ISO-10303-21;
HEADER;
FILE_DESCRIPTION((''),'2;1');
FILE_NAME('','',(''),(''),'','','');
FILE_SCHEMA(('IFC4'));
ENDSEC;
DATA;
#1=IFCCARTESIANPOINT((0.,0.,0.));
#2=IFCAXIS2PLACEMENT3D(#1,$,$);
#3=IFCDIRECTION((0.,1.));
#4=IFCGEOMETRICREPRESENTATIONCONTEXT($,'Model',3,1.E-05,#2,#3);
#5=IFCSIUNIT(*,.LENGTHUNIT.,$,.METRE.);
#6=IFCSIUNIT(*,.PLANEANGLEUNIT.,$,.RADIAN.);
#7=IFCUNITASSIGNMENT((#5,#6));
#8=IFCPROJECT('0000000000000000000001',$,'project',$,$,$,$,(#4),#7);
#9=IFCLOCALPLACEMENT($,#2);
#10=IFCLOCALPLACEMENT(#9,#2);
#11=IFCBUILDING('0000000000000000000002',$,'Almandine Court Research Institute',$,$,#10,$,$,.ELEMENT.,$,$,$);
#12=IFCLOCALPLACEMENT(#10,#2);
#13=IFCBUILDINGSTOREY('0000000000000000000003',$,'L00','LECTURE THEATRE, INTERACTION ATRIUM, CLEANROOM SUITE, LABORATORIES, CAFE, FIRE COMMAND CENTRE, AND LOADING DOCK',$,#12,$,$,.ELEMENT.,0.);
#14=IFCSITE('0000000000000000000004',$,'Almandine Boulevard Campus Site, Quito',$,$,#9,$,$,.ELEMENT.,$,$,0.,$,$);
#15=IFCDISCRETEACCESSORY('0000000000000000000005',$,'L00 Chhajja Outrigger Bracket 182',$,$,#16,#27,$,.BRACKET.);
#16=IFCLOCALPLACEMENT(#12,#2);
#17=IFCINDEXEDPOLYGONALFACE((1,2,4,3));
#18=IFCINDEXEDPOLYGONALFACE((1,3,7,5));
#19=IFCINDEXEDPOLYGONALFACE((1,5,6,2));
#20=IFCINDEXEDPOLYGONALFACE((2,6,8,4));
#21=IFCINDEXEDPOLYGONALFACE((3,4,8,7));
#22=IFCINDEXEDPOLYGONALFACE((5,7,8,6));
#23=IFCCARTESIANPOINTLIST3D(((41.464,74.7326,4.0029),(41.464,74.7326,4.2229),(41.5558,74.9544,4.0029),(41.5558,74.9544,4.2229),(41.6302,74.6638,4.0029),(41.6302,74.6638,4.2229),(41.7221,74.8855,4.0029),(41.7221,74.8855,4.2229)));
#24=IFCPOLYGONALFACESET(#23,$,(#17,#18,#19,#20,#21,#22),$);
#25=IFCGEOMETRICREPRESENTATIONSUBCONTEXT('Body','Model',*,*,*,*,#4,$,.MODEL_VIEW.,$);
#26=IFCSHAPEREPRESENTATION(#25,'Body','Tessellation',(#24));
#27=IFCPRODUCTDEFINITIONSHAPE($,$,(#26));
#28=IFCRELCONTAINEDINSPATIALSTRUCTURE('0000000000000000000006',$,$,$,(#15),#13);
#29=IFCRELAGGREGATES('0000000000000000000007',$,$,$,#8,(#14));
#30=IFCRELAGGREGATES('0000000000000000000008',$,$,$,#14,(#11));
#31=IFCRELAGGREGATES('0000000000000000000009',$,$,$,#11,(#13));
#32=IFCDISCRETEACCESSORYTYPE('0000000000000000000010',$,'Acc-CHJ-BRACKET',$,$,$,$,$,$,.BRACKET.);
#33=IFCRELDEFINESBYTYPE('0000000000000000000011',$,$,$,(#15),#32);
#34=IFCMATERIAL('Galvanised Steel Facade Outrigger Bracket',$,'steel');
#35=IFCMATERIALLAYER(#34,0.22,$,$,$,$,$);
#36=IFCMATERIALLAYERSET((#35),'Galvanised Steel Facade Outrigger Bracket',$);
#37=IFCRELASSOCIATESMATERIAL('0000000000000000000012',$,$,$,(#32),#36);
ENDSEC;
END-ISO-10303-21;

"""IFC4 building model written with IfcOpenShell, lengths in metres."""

from ifc_helpers import new_model, si_unit, direction, frame, origin, origin_2d, place, context, subcontext, project, spatial, rectangle, extrude, material, layer, layer_set, type_object, element, save


model = new_model("IFC4")

# Units and contexts
model_context = context("Model", 3, precision=1e-05, world=origin(), true_north=direction((0.0, 1.0)))
body_context = subcontext(model_context, "Body", "Model", "MODEL_VIEW")
ifc_project = project(units=[si_unit("LENGTHUNIT", "METRE"), si_unit("PLANEANGLEUNIT", "RADIAN")], contexts=[model_context])

# Site, building, storey
site_placement = place(None, origin())
site = spatial("IfcSite", under=ifc_project, at=site_placement, Name="Almandine Boulevard Campus Site, Quito", CompositionType="ELEMENT", RefElevation=0.0)
building_placement = place(site_placement, origin())
building = spatial("IfcBuilding", under=site, at=building_placement, Name="Almandine Court Research Institute", CompositionType="ELEMENT")
storey_placement = place(building_placement, origin())
storey = spatial("IfcBuildingStorey", under=building, at=storey_placement, Name="L00", Description="LECTURE THEATRE, INTERACTION ATRIUM, CLEANROOM SUITE, LABORATORIES, CAFE, FIRE COMMAND CENTRE, AND LOADING DOCK", CompositionType="ELEMENT", Elevation=0.0)

# Discrete accessory
ifc_material_1 = material(Name="Galvanised Steel Facade Outrigger Bracket", Category="steel")
ifc_layer_1 = layer(ifc_material_1, 0.22)
ifc_layer_set_1 = layer_set([ifc_layer_1], Name="Galvanised Steel Facade Outrigger Bracket")
discrete_accessory_type = type_object("IfcDiscreteAccessoryType", Name="Acc-CHJ-BRACKET", PredefinedType="BRACKET", material=ifc_layer_set_1)
discrete_accessory_placement = place(storey_placement, frame((41.593, 74.8091, 4.0029), z_axis=(0.0, 0.0, 1.0), x_axis=(0.382683, 0.92388, 0.0)))
element("IfcDiscreteAccessory", 1, at=discrete_accessory_placement, inside=storey, type_object=discrete_accessory_type, Name="L00 Chhajja Outrigger Bracket 182", PredefinedType="BRACKET", context=body_context, shape_type="SweptSolid", body=[
    extrude(rectangle(XDim=0.24, YDim=0.1799, at=origin_2d()), origin(), (0.0, 0.0, 1.0), 0.22),
])

save(model, "model.ifc")
